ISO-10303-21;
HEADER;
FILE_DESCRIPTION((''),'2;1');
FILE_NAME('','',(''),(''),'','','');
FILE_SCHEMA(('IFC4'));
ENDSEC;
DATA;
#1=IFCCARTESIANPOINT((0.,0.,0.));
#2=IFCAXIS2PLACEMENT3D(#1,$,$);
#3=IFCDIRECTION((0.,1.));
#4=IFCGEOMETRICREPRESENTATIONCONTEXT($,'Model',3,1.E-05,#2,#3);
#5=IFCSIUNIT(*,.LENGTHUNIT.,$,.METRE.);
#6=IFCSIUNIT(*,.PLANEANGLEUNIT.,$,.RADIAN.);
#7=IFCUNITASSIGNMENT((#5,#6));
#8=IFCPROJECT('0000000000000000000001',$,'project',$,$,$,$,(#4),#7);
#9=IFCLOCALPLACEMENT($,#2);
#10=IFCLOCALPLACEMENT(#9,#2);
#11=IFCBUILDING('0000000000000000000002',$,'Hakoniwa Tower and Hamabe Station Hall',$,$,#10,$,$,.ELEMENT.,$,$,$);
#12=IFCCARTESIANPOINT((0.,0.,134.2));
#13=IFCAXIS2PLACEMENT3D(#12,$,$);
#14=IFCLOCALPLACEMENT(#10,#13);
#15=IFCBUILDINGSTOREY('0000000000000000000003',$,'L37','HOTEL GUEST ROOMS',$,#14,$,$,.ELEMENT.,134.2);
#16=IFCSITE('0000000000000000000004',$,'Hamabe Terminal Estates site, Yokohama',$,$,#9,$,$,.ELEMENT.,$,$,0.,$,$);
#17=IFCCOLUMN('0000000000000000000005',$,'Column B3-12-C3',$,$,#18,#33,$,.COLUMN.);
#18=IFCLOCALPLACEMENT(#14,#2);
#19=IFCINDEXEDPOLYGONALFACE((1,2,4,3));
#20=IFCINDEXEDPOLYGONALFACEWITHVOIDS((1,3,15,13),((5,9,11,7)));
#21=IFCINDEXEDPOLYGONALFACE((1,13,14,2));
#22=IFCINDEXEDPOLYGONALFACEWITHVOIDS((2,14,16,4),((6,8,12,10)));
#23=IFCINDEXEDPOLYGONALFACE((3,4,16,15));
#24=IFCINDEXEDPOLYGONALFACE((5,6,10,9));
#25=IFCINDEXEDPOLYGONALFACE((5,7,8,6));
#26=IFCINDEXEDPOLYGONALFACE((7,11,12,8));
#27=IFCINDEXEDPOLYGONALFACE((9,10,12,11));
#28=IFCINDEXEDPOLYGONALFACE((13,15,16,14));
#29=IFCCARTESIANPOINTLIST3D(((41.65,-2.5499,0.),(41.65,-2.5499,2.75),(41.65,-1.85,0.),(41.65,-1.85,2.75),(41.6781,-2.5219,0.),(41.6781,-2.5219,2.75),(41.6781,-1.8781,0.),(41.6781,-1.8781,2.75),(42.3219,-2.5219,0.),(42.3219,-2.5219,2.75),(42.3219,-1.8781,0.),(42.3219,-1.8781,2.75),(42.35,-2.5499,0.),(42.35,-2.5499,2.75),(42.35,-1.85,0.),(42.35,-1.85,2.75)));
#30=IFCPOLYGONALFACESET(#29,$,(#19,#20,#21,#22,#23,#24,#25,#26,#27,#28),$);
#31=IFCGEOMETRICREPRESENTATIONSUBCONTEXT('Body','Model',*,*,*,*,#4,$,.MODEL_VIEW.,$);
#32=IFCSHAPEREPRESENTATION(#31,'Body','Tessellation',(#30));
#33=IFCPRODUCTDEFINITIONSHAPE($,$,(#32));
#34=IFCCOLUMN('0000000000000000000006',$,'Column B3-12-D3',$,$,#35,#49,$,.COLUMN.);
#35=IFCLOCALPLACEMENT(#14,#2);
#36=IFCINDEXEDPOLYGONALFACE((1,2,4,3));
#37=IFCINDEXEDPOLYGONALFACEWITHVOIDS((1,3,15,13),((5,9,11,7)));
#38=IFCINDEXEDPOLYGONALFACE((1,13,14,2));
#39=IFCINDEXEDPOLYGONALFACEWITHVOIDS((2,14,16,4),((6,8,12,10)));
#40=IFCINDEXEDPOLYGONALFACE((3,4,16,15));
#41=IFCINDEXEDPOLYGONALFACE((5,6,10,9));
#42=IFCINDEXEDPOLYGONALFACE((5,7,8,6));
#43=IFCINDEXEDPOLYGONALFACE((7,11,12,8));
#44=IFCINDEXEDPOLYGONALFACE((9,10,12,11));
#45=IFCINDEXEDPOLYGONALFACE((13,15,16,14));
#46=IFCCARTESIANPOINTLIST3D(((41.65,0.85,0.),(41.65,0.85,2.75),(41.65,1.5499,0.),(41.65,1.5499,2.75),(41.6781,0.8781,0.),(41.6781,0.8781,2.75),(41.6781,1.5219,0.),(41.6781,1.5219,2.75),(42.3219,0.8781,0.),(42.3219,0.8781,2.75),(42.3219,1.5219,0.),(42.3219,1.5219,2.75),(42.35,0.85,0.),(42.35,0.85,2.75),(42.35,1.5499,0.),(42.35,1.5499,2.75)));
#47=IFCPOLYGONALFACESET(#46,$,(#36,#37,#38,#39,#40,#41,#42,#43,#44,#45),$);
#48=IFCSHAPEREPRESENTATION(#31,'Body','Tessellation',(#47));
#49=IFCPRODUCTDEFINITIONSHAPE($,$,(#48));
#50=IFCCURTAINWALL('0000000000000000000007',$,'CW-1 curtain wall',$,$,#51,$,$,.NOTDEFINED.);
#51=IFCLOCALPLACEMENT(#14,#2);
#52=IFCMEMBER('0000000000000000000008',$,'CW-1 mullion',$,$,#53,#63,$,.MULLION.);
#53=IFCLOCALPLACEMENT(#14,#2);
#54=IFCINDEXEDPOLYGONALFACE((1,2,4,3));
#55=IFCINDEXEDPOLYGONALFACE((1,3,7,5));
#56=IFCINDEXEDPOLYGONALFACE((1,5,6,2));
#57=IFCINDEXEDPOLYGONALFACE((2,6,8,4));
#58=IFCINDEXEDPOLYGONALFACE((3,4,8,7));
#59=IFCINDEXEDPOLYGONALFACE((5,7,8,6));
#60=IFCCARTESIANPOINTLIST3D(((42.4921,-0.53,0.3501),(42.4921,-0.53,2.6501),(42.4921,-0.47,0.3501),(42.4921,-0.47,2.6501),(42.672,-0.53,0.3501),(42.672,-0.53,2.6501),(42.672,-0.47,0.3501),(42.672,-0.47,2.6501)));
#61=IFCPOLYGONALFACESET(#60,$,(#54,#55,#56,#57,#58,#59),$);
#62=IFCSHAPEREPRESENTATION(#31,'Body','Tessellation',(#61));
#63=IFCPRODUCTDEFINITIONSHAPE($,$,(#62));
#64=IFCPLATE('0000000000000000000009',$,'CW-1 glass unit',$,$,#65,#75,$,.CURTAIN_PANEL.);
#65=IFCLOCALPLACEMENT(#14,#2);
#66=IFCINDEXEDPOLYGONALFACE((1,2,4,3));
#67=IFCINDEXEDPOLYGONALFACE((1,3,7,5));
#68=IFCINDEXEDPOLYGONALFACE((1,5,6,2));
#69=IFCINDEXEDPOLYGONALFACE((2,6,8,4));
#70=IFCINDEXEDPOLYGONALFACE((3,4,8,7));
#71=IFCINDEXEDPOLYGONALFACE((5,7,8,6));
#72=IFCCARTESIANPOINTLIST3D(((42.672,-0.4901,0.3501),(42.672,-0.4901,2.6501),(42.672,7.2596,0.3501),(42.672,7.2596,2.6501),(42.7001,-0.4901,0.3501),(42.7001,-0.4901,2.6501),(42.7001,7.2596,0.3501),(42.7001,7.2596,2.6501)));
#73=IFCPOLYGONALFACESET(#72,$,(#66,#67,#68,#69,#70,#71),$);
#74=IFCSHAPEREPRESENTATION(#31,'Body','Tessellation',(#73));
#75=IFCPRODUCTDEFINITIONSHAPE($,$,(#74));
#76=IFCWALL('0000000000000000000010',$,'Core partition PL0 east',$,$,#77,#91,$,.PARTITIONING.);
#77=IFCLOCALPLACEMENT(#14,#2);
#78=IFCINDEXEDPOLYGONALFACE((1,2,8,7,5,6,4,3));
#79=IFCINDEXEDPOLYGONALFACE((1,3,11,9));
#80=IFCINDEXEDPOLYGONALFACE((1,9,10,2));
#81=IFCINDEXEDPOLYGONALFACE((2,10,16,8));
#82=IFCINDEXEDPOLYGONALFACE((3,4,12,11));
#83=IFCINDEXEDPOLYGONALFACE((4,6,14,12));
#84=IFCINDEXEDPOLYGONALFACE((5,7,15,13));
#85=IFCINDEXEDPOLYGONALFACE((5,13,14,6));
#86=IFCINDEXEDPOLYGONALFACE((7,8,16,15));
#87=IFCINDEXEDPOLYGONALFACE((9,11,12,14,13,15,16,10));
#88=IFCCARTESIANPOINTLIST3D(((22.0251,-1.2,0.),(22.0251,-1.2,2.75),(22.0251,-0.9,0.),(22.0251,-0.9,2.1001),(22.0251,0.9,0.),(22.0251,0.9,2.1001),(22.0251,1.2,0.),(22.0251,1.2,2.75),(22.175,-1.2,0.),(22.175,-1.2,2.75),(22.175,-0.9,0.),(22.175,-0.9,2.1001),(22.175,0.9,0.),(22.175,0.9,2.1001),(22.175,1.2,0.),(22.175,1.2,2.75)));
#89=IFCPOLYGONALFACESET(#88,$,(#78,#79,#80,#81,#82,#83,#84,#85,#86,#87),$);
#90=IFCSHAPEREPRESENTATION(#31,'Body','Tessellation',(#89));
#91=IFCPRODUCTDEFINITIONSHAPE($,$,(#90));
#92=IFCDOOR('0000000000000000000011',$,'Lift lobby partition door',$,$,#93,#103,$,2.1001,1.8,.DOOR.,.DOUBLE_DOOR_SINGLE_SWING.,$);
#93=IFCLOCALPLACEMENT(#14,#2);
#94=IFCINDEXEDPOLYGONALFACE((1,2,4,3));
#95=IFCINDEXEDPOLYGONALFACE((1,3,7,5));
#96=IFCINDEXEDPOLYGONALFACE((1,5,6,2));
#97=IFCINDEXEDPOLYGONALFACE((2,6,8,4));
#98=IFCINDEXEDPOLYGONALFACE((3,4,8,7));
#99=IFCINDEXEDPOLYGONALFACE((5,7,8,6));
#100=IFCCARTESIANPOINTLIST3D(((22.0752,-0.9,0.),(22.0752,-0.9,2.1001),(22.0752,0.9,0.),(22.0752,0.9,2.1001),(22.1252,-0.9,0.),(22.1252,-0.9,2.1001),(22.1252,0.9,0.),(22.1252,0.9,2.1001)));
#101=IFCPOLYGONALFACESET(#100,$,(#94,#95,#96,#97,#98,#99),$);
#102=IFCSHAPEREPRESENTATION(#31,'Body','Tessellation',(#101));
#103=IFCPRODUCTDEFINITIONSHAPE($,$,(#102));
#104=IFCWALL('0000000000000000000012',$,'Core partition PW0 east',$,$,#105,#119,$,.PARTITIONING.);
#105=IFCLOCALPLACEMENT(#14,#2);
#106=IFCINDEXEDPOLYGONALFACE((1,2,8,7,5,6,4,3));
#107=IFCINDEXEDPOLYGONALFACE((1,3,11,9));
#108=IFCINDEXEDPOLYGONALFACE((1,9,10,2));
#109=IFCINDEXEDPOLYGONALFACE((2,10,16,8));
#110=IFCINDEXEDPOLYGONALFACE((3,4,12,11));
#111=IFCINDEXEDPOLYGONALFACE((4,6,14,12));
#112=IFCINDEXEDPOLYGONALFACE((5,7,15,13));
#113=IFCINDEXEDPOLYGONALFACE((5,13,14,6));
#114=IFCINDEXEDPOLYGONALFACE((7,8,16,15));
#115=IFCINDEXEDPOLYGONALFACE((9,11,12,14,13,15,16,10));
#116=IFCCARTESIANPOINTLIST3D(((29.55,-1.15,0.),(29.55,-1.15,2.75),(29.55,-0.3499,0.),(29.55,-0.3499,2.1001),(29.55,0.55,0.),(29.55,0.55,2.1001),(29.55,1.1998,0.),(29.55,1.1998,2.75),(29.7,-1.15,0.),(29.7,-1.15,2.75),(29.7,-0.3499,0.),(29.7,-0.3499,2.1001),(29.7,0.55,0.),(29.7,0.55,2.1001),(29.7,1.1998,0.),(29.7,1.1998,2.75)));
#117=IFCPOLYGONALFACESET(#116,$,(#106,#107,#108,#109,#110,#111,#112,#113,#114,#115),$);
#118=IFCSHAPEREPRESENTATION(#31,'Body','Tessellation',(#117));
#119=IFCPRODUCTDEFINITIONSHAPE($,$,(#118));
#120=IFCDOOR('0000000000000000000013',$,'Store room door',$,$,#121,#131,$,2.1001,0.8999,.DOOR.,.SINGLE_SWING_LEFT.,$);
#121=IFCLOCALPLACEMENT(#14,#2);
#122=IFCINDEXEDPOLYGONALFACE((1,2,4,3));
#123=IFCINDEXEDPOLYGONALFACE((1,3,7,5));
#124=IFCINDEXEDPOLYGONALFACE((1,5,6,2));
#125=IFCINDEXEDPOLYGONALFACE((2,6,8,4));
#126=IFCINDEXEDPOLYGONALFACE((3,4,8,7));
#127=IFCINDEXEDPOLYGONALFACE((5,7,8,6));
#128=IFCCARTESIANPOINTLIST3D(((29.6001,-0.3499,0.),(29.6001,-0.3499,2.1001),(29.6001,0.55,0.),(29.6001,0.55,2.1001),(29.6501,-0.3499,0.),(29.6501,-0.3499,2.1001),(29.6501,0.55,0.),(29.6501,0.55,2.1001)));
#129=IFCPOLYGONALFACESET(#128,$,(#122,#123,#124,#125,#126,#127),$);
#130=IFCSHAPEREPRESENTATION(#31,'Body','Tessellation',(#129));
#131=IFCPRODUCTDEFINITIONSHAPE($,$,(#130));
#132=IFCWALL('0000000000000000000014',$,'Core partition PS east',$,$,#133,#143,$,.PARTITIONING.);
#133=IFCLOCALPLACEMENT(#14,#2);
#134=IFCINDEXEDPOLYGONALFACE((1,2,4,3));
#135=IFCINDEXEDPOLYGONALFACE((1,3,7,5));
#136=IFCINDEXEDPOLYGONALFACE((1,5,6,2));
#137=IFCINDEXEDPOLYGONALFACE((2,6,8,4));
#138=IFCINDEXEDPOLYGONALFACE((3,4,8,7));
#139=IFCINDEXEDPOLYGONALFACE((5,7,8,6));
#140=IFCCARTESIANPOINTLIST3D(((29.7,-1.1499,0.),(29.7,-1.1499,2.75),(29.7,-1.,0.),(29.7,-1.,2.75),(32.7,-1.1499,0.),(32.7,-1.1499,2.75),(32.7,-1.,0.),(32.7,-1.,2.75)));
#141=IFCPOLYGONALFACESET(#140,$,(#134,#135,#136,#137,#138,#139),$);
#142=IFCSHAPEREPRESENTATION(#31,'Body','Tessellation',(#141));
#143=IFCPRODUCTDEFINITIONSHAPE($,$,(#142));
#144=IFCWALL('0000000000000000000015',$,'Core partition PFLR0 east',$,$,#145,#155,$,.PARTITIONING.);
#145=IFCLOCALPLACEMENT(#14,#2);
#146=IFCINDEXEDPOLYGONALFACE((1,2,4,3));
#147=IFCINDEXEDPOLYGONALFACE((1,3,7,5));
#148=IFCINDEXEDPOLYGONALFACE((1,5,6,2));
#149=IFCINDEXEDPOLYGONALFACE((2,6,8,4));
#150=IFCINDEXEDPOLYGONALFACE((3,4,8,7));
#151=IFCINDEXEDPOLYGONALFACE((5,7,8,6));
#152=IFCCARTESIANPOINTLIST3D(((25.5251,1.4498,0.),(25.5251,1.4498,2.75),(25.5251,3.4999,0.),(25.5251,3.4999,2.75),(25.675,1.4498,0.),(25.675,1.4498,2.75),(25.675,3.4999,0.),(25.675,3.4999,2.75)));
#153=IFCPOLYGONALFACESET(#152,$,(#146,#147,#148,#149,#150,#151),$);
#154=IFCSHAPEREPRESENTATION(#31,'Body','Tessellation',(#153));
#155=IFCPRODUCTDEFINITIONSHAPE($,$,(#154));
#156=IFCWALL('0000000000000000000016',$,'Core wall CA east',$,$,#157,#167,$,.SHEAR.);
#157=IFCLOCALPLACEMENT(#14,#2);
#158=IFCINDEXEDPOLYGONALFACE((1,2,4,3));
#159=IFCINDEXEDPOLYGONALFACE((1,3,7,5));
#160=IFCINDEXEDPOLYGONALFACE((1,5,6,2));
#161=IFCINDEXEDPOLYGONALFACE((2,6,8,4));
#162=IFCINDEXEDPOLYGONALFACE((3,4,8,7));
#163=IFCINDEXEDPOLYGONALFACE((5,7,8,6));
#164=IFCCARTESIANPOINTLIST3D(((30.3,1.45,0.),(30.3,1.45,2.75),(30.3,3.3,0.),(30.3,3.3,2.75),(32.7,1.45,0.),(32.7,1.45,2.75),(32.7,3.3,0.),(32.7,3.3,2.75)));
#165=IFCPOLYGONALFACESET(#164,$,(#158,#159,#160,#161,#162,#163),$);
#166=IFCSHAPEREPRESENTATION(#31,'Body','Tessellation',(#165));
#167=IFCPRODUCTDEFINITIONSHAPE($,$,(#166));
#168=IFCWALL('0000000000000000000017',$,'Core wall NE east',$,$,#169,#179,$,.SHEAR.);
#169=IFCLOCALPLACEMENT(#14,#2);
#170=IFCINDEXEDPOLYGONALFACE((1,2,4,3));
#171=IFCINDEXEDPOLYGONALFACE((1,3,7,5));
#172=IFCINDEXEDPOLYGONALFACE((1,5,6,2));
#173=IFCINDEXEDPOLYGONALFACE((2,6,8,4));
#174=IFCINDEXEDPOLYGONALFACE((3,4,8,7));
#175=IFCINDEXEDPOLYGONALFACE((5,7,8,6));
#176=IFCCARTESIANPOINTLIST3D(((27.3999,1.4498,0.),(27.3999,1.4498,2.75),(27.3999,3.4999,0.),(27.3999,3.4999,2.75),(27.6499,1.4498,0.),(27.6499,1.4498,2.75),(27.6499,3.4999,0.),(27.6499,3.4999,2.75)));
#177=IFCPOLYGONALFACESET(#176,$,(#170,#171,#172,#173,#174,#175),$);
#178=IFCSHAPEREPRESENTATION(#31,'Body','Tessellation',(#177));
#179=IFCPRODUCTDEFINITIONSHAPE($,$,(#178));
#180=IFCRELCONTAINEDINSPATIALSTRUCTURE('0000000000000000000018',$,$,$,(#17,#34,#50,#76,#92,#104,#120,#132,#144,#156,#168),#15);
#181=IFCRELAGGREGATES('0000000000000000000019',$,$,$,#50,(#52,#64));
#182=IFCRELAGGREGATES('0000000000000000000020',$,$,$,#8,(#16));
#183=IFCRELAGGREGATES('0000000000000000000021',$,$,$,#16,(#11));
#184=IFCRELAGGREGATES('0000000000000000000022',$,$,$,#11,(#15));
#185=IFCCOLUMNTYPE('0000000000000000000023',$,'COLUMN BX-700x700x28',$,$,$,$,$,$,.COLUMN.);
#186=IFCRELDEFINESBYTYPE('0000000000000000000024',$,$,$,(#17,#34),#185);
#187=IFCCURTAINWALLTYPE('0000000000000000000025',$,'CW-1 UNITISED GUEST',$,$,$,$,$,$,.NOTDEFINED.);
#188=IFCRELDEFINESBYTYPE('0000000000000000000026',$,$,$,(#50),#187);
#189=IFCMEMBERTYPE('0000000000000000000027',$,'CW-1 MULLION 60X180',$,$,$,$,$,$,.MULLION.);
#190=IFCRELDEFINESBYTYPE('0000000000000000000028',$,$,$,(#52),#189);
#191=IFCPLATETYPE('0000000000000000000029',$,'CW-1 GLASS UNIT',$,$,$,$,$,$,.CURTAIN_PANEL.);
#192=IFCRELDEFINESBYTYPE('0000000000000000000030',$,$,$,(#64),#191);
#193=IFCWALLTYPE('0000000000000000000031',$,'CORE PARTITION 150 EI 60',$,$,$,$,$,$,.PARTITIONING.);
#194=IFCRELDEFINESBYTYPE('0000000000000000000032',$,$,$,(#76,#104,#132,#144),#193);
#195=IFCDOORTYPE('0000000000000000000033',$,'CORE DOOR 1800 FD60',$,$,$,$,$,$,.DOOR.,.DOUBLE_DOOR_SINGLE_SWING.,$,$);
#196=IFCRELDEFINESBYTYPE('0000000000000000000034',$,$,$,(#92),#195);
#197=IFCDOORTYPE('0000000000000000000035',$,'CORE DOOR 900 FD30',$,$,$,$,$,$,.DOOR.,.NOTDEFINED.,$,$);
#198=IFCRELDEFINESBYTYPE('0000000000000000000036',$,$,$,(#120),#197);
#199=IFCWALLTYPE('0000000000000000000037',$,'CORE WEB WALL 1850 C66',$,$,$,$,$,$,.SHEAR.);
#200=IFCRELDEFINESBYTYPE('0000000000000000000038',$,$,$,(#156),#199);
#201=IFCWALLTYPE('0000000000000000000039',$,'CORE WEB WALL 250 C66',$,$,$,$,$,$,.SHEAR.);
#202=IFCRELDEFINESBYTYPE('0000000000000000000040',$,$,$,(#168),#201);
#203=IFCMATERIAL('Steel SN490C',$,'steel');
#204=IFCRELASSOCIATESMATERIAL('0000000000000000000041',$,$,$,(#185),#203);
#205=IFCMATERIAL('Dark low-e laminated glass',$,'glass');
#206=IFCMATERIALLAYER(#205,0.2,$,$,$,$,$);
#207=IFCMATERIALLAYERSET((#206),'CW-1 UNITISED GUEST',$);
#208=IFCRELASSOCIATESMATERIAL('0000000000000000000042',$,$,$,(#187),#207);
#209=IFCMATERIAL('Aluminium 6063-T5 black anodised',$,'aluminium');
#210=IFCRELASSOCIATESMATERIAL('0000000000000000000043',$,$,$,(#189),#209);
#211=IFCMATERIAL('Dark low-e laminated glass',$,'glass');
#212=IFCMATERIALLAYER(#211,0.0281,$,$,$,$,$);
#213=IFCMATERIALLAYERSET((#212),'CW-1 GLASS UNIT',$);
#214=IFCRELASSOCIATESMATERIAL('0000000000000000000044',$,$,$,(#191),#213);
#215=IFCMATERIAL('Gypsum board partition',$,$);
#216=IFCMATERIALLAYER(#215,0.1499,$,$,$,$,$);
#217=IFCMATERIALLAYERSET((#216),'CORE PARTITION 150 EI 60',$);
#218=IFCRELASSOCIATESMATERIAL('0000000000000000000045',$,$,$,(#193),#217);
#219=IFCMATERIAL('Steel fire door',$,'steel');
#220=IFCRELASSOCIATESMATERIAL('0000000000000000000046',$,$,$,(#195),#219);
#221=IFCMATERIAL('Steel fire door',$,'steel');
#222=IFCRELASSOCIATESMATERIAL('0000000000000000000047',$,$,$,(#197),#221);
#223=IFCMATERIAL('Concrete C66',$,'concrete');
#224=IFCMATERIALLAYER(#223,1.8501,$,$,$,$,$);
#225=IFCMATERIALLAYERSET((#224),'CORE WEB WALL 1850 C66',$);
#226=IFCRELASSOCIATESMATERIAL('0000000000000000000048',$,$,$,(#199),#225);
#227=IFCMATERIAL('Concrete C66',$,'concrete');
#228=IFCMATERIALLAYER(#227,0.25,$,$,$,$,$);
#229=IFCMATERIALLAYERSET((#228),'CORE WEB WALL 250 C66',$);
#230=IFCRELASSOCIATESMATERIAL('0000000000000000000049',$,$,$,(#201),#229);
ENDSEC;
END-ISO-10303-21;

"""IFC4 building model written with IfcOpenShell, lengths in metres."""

from ifc_helpers import new_model, si_unit, direction, frame, frame_2d, origin, origin_2d, place, context, subcontext, project, spatial, rectangle, hollow_rectangle, extrude, material, layer, layer_set, material_profile, profile_set, type_object, element, fill, aggregate, save


model = new_model("IFC4")

# Units and contexts
model_context = context("Model", 3, precision=1e-05, world=origin(), true_north=direction((0.0, 1.0)))
body_context = subcontext(model_context, "Body", "Model", "MODEL_VIEW")
ifc_project = project(units=[si_unit("LENGTHUNIT", "METRE"), si_unit("PLANEANGLEUNIT", "RADIAN")], contexts=[model_context])

# Site, building, storey
site_placement = place(None, origin())
site = spatial("IfcSite", under=ifc_project, at=site_placement, Name="Hamabe Terminal Estates site, Yokohama", CompositionType="ELEMENT", RefElevation=0.0)
building_placement = place(site_placement, origin())
building = spatial("IfcBuilding", under=site, at=building_placement, Name="Hakoniwa Tower and Hamabe Station Hall", CompositionType="ELEMENT")
storey_placement = place(building_placement, frame((0.0, 0.0, 134.2)))
storey = spatial("IfcBuildingStorey", under=building, at=storey_placement, Name="L37", Description="HOTEL GUEST ROOMS", CompositionType="ELEMENT", Elevation=134.2)

# Columns
ifc_material_1 = material(Name="Steel SN490C", Category="steel")
ifc_material_profile_1 = material_profile(ifc_material_1, hollow_rectangle(XDim=0.7, YDim=0.7, WallThickness=0.0281, at=origin_2d()), Name="BX-700x700x28")
ifc_profile_set_1 = profile_set([ifc_material_profile_1], Name="Steel SN490C")
column_type = type_object("IfcColumnType", Name="COLUMN BX-700x700x28", PredefinedType="COLUMN", material=ifc_profile_set_1)
for number, where, z_axis, x_axis, name in (
    (1, (42.0, -2.2, 0.0), (0.0, 0.0, 1.0), (1.0, 0.0, 0.0), "Column B3-12-C3"),
    (2, (42.0, 1.2, 0.0), (0.0, 0.0, 1.0), (1.0, 0.0, 0.0), "Column B3-12-D3"),
):
    element("IfcColumn", number, at=place(storey_placement, frame(where, z_axis=z_axis, x_axis=x_axis)), inside=storey, type_object=column_type, Name=name, PredefinedType="COLUMN", context=body_context, shape_type="SweptSolid", body=[
        extrude(hollow_rectangle(XDim=0.7, YDim=0.7, WallThickness=0.0281, at=origin_2d()), origin(), (0.0, 0.0, 1.0), 2.75),
    ])

# Curtain wall, member, plate
ifc_material_2 = material(Name="Dark low-e laminated glass", Category="glass")
ifc_layer_1 = layer(ifc_material_2, 0.2)
ifc_layer_set_1 = layer_set([ifc_layer_1], Name="CW-1 UNITISED GUEST")
curtain_wall_type = type_object("IfcCurtainWallType", Name="CW-1 UNITISED GUEST", PredefinedType="NOTDEFINED", material=ifc_layer_set_1)
curtain_wall_placement = place(storey_placement, origin())
curtain_wall = element("IfcCurtainWall", 3, at=curtain_wall_placement, inside=storey, type_object=curtain_wall_type, Name="CW-1 curtain wall", PredefinedType="NOTDEFINED")
ifc_material_3 = material(Name="Aluminium 6063-T5 black anodised", Category="aluminium")
ifc_material_profile_2 = material_profile(ifc_material_3, rectangle(XDim=0.0601, YDim=0.1799, at=origin_2d()), Name="CW-1 MULLION 60X180")
ifc_profile_set_2 = profile_set([ifc_material_profile_2], Name="Aluminium 6063-T5 black anodised")
member_type = type_object("IfcMemberType", Name="CW-1 MULLION 60X180", PredefinedType="MULLION", material=ifc_profile_set_2)
member_placement = place(storey_placement, frame((42.582, -0.5, 0.3501), z_axis=(0.0, 0.0, 1.0), x_axis=(0.0, 1.0, 0.0)))
member = element("IfcMember", 4, at=member_placement, type_object=member_type, Name="CW-1 mullion", PredefinedType="MULLION", context=body_context, shape_type="SweptSolid", body=[
    extrude(rectangle(XDim=0.0601, YDim=0.1799, at=origin_2d()), origin(), (0.0, 0.0, 1.0), 2.3),
])
ifc_material_4 = material(Name="Dark low-e laminated glass", Category="glass")
ifc_layer_2 = layer(ifc_material_4, 0.0281)
ifc_layer_set_2 = layer_set([ifc_layer_2], Name="CW-1 GLASS UNIT")
plate_type = type_object("IfcPlateType", Name="CW-1 GLASS UNIT", PredefinedType="CURTAIN_PANEL", material=ifc_layer_set_2)
plate_placement = place(storey_placement, frame((42.686, 3.3848, 0.3501), z_axis=(0.0, 0.0, 1.0), x_axis=(0.0, 1.0, 0.0)))
plate = element("IfcPlate", 5, at=plate_placement, type_object=plate_type, Name="CW-1 glass unit", PredefinedType="CURTAIN_PANEL", context=body_context, shape_type="SweptSolid", body=[
    extrude(rectangle(XDim=7.7498, YDim=0.0281, at=origin_2d()), origin(), (0.0, 0.0, 1.0), 2.3),
])
aggregate(curtain_wall, [member, plate])

# Walls, openings, doors
ifc_material_5 = material(Name="Gypsum board partition")
ifc_layer_3 = layer(ifc_material_5, 0.1499)
ifc_layer_set_3 = layer_set([ifc_layer_3], Name="CORE PARTITION 150 EI 60")
wall_type_1 = type_object("IfcWallType", Name="CORE PARTITION 150 EI 60", PredefinedType="PARTITIONING", material=ifc_layer_set_3)
wall_1_placement = place(storey_placement, frame((22.1001, -1.2, 0.0), z_axis=(0.0, 0.0, 1.0), x_axis=(0.0, 1.0, 0.0)))
wall_1 = element("IfcWall", 6, at=wall_1_placement, inside=storey, type_object=wall_type_1, Name="Core partition PL0 east", PredefinedType="PARTITIONING", context=body_context, shape_type="SweptSolid", body=[
    extrude(rectangle(XDim=2.3999, YDim=0.1499, at=frame_2d((1.2, 0.0))), origin(), (0.0, 0.0, 1.0), 2.75),
])
opening_1_placement = place(wall_1_placement, frame((0.3, 0.0, 0.0)))
opening_1 = element("IfcOpeningElement", 7, at=opening_1_placement, cuts=wall_1, PredefinedType="OPENING", context=body_context, shape_type="SweptSolid", body=[
    extrude(rectangle(XDim=1.8, YDim=2.1001, at=frame_2d((0.8999, 1.05))), frame((0.0, 0.085, 0.0), z_axis=(0.0, -1.0, 0.0), x_axis=(1.0, 0.0, 0.0)), (0.0, 0.0, 1.0), 0.1699),
])
ifc_material_6 = material(Name="Steel fire door", Category="steel")
door_type_1 = type_object("IfcDoorType", Name="CORE DOOR 1800 FD60", OperationType="DOUBLE_DOOR_SINGLE_SWING", PredefinedType="DOOR", material=ifc_material_6)
door_1_placement = place(opening_1_placement, origin())
door_1 = element("IfcDoor", 8, at=door_1_placement, inside=storey, type_object=door_type_1, Name="Lift lobby partition door", OperationType="DOUBLE_DOOR_SINGLE_SWING", OverallHeight=2.1001, OverallWidth=1.8, PredefinedType="DOOR", context=body_context, shape_type="SweptSolid", body=[
    extrude(rectangle(XDim=1.8, YDim=2.1001, at=frame_2d((0.8999, 1.05))), frame((0.0, 0.0249, 0.0), z_axis=(0.0, -1.0, 0.0), x_axis=(1.0, 0.0, 0.0)), (0.0, 0.0, 1.0), 0.05),
])
fill(opening_1, door_1)
wall_2_placement = place(storey_placement, frame((29.625, -1.1499, 0.0), z_axis=(0.0, 0.0, 1.0), x_axis=(0.0, 1.0, 0.0)))
wall_2 = element("IfcWall", 9, at=wall_2_placement, inside=storey, type_object=wall_type_1, Name="Core partition PW0 east", PredefinedType="PARTITIONING", context=body_context, shape_type="SweptSolid", body=[
    extrude(rectangle(XDim=2.3499, YDim=0.1499, at=frame_2d((1.1748, 0.0))), origin(), (0.0, 0.0, 1.0), 2.75),
])
opening_2_placement = place(wall_2_placement, frame((0.8, 0.0, 0.0)))
opening_2 = element("IfcOpeningElement", 10, at=opening_2_placement, cuts=wall_2, PredefinedType="OPENING", context=body_context, shape_type="SweptSolid", body=[
    extrude(rectangle(XDim=0.8999, YDim=2.1001, at=frame_2d((0.45, 1.05))), frame((0.0, 0.085, 0.0), z_axis=(0.0, -1.0, 0.0), x_axis=(1.0, 0.0, 0.0)), (0.0, 0.0, 1.0), 0.1699),
])
ifc_material_7 = material(Name="Steel fire door", Category="steel")
door_type_2 = type_object("IfcDoorType", Name="CORE DOOR 900 FD30", OperationType="NOTDEFINED", PredefinedType="DOOR", material=ifc_material_7)
door_2_placement = place(opening_2_placement, origin())
door_2 = element("IfcDoor", 11, at=door_2_placement, inside=storey, type_object=door_type_2, Name="Store room door", OperationType="SINGLE_SWING_LEFT", OverallHeight=2.1001, OverallWidth=0.8999, PredefinedType="DOOR", context=body_context, shape_type="SweptSolid", body=[
    extrude(rectangle(XDim=0.8999, YDim=2.1001, at=frame_2d((0.45, 1.05))), frame((0.0, 0.0249, 0.0), z_axis=(0.0, -1.0, 0.0), x_axis=(1.0, 0.0, 0.0)), (0.0, 0.0, 1.0), 0.05),
])
fill(opening_2, door_2)

# Walls
wall_3_placement = place(storey_placement, frame((29.7, -1.075, 0.0), z_axis=(0.0, 0.0, 1.0), x_axis=(1.0, 0.0, 0.0)))
element("IfcWall", 12, at=wall_3_placement, inside=storey, type_object=wall_type_1, Name="Core partition PS east", PredefinedType="PARTITIONING", context=body_context, shape_type="SweptSolid", body=[
    extrude(rectangle(XDim=3.0, YDim=0.1499, at=frame_2d((1.5, 0.0))), origin(), (0.0, 0.0, 1.0), 2.75),
])
wall_4_placement = place(storey_placement, frame((25.6001, 1.45, 0.0), z_axis=(0.0, 0.0, 1.0), x_axis=(0.0, 1.0, 0.0)))
element("IfcWall", 13, at=wall_4_placement, inside=storey, type_object=wall_type_1, Name="Core partition PFLR0 east", PredefinedType="PARTITIONING", context=body_context, shape_type="SweptSolid", body=[
    extrude(rectangle(XDim=2.05, YDim=0.1499, at=frame_2d((1.0249, 0.0))), origin(), (0.0, 0.0, 1.0), 2.75),
])
ifc_material_8 = material(Name="Concrete C66", Category="concrete")
ifc_layer_4 = layer(ifc_material_8, 1.8501)
ifc_layer_set_4 = layer_set([ifc_layer_4], Name="CORE WEB WALL 1850 C66")
wall_type_2 = type_object("IfcWallType", Name="CORE WEB WALL 1850 C66", PredefinedType="SHEAR", material=ifc_layer_set_4)
wall_5_placement = place(storey_placement, frame((30.3, 2.375, 0.0), z_axis=(0.0, 0.0, 1.0), x_axis=(1.0, 0.0, 0.0)))
element("IfcWall", 14, at=wall_5_placement, inside=storey, type_object=wall_type_2, Name="Core wall CA east", PredefinedType="SHEAR", context=body_context, shape_type="SweptSolid", body=[
    extrude(rectangle(XDim=2.3999, YDim=1.8501, at=frame_2d((1.2, 0.0))), origin(), (0.0, 0.0, 1.0), 2.75),
])
ifc_material_9 = material(Name="Concrete C66", Category="concrete")
ifc_layer_5 = layer(ifc_material_9, 0.25)
ifc_layer_set_5 = layer_set([ifc_layer_5], Name="CORE WEB WALL 250 C66")
wall_type_3 = type_object("IfcWallType", Name="CORE WEB WALL 250 C66", PredefinedType="SHEAR", material=ifc_layer_set_5)
wall_6_placement = place(storey_placement, frame((27.5249, 1.45, 0.0), z_axis=(0.0, 0.0, 1.0), x_axis=(0.0, 1.0, 0.0)))
element("IfcWall", 15, at=wall_6_placement, inside=storey, type_object=wall_type_3, Name="Core wall NE east", PredefinedType="SHEAR", context=body_context, shape_type="SweptSolid", body=[
    extrude(rectangle(XDim=2.05, YDim=0.25, at=frame_2d((1.0249, 0.0))), origin(), (0.0, 0.0, 1.0), 2.75),
])

save(model, "model.ifc")
